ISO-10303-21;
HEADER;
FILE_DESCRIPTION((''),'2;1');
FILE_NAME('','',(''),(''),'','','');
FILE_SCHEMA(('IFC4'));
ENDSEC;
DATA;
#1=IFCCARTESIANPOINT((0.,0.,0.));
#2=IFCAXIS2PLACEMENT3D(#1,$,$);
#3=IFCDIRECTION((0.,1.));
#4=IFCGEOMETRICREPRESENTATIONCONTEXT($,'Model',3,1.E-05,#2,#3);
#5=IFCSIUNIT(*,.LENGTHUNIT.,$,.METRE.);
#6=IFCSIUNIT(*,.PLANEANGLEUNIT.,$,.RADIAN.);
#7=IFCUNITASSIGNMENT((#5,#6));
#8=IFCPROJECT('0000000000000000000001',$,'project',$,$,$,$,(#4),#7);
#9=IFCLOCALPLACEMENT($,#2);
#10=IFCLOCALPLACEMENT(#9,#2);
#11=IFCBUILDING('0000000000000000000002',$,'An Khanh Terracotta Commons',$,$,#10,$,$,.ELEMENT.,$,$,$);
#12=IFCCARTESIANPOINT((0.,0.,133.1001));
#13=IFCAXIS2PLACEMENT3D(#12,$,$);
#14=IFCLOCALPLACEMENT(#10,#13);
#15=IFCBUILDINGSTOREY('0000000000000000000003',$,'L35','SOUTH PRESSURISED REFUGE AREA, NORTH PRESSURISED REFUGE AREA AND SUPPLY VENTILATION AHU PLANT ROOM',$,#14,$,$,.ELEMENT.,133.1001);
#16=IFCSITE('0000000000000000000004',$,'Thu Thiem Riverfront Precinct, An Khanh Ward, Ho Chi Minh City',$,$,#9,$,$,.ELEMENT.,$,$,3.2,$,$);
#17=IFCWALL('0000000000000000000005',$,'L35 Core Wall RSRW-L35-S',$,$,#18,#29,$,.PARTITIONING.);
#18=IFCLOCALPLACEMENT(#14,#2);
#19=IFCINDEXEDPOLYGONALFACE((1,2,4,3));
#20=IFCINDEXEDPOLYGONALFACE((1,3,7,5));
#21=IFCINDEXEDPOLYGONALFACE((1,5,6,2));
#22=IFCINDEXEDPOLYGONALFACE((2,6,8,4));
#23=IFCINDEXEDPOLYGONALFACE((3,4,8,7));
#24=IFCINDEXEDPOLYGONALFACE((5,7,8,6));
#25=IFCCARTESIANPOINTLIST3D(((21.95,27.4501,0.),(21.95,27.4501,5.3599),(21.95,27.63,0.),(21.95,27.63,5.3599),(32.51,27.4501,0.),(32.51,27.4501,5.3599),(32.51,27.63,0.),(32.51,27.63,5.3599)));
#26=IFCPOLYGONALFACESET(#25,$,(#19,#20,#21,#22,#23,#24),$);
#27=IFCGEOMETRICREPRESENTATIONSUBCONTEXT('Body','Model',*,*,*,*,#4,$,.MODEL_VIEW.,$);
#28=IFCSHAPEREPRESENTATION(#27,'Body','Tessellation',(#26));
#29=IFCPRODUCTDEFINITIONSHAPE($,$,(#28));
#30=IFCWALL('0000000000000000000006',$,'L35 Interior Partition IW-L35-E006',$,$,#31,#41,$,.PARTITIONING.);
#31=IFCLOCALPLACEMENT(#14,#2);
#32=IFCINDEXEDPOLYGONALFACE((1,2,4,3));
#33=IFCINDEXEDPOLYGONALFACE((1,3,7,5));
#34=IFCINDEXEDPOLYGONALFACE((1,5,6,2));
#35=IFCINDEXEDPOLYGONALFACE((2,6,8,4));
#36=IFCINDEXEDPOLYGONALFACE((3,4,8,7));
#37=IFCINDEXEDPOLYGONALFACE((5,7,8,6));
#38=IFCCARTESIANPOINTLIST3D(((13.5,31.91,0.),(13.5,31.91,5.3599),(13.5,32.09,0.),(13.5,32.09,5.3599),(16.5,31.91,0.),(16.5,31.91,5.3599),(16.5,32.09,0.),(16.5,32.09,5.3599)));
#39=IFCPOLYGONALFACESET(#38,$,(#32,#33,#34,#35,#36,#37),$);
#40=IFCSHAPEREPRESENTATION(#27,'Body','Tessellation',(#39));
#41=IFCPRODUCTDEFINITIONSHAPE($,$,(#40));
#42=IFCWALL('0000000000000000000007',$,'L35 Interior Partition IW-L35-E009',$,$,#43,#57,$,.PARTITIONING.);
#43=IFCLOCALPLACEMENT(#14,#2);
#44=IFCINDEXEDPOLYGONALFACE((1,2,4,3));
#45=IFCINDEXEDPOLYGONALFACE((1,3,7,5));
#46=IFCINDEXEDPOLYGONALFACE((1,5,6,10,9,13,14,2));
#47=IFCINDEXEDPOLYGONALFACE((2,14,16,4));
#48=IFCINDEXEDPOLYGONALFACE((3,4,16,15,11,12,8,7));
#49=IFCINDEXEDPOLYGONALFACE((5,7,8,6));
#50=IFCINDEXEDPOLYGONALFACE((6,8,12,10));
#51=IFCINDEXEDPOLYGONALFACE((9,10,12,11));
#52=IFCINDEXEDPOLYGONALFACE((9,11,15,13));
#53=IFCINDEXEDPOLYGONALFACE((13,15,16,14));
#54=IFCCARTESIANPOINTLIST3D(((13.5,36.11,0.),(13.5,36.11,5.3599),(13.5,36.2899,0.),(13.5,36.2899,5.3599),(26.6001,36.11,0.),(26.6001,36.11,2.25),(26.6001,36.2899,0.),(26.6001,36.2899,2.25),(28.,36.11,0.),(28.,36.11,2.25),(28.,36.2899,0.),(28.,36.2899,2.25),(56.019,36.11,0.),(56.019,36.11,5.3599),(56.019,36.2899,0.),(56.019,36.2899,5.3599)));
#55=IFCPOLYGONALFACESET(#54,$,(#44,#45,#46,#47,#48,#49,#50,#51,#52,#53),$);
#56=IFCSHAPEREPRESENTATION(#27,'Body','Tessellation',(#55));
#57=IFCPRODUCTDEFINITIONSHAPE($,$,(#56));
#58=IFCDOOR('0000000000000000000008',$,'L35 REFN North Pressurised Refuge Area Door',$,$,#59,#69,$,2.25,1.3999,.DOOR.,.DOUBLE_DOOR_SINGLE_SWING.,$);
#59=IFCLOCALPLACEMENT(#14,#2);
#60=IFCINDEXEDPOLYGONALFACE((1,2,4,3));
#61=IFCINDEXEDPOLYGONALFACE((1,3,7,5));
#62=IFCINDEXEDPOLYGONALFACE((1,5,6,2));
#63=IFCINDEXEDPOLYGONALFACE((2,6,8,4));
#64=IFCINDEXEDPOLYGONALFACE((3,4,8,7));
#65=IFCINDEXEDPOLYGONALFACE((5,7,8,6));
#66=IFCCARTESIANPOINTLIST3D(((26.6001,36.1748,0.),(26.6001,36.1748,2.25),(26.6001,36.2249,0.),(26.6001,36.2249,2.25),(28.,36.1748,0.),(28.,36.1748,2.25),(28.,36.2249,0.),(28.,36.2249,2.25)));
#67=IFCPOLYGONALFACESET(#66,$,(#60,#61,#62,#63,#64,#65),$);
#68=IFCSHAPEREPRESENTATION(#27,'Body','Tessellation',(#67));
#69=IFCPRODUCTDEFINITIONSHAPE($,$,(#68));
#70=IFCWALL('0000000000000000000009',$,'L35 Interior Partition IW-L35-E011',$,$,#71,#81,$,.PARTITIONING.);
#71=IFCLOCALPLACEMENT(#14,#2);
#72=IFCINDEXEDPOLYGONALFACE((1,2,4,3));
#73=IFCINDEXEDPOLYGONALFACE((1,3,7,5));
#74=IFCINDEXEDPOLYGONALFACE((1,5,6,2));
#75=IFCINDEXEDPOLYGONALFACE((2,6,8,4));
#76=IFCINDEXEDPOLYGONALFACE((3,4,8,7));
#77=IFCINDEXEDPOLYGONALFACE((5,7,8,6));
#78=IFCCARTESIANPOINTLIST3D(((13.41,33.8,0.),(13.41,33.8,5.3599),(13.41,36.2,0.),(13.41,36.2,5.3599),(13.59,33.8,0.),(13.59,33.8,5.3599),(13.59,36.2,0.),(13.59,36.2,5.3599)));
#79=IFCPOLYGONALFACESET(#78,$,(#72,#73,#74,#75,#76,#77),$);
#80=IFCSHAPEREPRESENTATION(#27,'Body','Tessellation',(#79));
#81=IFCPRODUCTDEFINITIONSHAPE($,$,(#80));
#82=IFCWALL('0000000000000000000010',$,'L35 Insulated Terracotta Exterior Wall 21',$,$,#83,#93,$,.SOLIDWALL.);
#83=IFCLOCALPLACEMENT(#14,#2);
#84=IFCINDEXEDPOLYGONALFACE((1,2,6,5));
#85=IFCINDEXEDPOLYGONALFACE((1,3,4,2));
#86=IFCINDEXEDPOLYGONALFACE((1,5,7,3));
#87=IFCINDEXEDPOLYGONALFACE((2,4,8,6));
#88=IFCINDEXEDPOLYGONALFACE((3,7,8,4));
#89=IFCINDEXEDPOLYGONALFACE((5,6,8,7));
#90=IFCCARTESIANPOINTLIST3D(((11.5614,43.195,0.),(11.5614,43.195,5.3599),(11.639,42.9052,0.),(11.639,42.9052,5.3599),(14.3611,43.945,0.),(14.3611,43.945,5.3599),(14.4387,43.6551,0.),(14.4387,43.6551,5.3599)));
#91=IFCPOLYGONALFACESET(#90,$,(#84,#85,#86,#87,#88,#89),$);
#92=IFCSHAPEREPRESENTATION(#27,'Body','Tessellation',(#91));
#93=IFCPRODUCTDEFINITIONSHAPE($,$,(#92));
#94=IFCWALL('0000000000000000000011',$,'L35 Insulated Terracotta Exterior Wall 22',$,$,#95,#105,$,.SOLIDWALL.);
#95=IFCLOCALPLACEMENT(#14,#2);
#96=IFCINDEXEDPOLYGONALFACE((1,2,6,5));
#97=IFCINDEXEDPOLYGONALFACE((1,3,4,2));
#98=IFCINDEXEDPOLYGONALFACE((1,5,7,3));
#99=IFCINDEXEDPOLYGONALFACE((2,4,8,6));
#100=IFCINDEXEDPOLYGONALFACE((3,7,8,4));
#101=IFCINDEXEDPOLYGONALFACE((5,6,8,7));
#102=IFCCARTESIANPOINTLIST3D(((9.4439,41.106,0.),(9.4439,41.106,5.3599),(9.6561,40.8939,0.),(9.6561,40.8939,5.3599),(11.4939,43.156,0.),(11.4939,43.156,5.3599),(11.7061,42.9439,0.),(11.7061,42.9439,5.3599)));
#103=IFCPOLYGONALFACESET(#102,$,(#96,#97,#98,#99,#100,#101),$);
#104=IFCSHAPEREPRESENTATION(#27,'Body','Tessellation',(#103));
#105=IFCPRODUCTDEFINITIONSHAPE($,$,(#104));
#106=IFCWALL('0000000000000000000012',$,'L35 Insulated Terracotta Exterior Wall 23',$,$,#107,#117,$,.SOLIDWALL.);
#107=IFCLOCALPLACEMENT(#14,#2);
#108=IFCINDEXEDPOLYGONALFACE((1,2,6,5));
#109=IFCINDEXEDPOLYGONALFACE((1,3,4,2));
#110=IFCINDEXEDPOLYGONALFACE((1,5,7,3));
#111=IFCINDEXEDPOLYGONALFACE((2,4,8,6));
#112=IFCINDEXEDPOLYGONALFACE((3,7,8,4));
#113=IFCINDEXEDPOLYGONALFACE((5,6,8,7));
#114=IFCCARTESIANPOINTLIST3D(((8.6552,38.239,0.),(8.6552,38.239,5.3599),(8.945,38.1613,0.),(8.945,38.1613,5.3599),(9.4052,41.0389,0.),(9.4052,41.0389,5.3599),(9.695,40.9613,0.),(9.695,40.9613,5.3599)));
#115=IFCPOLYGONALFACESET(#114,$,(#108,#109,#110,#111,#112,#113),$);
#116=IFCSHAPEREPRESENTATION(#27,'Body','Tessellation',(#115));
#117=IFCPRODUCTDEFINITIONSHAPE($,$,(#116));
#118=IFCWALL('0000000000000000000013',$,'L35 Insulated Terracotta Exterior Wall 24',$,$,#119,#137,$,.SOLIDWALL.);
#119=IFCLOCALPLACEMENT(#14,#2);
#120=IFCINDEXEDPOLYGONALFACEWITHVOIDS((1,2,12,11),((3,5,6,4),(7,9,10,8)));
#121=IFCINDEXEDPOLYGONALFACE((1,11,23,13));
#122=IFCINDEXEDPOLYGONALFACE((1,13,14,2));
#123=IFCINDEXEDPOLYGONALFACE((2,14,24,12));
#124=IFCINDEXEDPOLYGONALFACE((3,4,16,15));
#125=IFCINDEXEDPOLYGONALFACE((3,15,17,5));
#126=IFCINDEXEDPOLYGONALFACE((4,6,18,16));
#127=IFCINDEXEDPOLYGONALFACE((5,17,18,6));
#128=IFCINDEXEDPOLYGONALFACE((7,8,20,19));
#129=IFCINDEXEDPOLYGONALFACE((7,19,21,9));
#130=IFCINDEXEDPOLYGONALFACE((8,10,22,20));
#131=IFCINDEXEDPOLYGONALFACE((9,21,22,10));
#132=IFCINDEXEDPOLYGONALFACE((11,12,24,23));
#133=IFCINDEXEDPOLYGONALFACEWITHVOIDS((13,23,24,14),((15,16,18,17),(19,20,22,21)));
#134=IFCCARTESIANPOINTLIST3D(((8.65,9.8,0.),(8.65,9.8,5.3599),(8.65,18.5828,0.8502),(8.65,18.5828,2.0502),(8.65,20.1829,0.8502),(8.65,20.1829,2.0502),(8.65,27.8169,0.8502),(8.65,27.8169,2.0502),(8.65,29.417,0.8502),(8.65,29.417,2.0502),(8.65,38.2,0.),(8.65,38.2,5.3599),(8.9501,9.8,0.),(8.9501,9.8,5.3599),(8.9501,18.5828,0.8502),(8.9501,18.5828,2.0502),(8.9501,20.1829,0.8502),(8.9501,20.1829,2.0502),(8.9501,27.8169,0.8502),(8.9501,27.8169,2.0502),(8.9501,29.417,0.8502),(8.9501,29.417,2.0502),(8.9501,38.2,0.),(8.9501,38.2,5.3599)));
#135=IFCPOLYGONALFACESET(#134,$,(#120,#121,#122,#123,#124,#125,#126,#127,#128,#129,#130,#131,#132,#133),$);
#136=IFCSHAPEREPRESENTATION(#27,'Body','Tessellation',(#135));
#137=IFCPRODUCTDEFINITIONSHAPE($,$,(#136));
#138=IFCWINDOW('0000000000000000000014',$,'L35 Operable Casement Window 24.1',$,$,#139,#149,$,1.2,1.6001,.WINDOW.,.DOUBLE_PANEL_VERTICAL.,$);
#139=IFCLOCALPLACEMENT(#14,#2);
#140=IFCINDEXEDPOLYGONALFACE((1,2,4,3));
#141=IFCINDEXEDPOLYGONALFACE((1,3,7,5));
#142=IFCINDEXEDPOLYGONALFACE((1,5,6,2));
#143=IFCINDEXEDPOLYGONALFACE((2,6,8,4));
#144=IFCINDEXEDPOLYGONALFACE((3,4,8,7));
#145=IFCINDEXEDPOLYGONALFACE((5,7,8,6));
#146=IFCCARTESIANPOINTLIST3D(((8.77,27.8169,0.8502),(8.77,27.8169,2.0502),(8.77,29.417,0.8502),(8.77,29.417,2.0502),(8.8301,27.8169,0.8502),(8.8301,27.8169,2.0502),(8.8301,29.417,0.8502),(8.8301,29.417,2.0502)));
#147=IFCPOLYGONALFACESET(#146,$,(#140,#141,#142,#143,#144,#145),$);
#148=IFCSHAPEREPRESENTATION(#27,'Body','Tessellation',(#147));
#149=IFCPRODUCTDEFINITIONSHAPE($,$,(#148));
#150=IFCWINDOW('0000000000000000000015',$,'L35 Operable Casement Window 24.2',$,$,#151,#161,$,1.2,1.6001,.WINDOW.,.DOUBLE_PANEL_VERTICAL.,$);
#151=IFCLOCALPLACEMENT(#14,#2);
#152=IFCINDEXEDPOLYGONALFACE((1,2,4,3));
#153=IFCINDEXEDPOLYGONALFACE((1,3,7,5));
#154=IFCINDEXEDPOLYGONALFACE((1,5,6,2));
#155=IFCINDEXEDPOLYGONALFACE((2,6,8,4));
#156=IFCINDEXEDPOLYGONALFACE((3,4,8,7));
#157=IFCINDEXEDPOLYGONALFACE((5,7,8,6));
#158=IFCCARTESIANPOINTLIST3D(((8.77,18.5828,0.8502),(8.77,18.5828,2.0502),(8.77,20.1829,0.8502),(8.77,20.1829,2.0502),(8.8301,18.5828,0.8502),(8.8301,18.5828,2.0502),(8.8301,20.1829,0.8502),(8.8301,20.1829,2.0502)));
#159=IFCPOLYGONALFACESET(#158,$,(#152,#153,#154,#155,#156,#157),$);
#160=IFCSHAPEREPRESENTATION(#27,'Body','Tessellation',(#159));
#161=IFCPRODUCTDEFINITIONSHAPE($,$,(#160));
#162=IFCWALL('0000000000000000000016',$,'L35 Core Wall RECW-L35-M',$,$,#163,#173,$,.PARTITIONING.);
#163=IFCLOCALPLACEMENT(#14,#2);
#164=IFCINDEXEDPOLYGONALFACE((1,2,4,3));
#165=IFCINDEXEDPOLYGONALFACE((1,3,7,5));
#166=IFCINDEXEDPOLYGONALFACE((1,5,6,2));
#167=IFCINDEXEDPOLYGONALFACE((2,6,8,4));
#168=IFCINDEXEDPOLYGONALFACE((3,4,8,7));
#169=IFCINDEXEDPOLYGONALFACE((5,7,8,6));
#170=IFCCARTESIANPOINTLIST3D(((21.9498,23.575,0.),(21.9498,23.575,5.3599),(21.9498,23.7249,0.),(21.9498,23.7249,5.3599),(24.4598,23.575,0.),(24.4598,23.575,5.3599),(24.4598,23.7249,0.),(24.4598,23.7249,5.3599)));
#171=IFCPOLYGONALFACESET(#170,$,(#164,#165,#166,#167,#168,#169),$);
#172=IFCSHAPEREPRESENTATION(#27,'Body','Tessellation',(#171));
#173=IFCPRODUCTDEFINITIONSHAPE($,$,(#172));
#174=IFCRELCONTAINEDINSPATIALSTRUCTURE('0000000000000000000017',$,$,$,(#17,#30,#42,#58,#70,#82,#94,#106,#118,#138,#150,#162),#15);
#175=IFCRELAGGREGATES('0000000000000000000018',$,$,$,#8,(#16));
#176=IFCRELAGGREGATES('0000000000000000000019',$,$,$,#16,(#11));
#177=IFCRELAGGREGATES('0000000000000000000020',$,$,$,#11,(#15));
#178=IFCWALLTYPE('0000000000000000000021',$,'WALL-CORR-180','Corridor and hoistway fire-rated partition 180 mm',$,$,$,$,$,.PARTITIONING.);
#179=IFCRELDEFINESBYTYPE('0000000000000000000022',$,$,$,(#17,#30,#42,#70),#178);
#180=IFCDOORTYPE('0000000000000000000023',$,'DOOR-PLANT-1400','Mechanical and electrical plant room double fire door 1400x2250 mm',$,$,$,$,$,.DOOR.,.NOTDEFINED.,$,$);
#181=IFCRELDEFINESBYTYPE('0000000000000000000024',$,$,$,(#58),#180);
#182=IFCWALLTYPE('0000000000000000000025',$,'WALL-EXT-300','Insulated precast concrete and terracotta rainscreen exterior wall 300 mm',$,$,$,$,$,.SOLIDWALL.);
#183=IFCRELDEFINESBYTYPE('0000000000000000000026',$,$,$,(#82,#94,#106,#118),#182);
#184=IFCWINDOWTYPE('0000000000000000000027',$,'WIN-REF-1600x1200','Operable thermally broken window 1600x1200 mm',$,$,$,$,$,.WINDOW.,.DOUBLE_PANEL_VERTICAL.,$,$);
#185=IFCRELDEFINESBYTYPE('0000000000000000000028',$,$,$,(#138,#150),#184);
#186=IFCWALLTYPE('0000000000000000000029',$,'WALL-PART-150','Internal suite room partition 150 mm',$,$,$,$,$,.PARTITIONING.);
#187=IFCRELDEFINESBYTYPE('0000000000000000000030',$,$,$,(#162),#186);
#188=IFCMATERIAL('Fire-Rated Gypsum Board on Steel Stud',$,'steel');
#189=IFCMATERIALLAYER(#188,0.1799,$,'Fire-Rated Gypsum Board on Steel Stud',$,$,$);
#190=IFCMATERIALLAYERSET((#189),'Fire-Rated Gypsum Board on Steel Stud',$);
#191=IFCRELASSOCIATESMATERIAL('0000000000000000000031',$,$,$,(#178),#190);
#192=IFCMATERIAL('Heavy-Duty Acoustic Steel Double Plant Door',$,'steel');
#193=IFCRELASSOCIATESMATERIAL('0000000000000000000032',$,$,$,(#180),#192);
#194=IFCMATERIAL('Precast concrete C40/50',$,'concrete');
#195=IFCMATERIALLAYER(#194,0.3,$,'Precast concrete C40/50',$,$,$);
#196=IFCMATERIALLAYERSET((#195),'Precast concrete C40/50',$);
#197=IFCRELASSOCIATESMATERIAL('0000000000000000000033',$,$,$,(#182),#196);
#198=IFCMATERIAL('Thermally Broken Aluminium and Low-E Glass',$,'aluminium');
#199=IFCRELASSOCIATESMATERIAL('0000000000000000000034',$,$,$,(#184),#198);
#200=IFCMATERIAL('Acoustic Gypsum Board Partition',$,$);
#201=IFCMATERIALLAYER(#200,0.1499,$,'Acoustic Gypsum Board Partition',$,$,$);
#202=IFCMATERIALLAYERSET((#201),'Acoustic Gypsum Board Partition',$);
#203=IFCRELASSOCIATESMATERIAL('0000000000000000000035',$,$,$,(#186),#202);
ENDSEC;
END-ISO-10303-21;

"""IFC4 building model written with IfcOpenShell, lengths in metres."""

from ifc_helpers import new_model, si_unit, direction, frame, frame_2d, origin, place, context, subcontext, project, spatial, rectangle, extrude, material, layer, layer_set, type_object, element, fill, save


model = new_model("IFC4")

# Units and contexts
model_context = context("Model", 3, precision=1e-05, world=origin(), true_north=direction((0.0, 1.0)))
body_context = subcontext(model_context, "Body", "Model", "MODEL_VIEW")
ifc_project = project(units=[si_unit("LENGTHUNIT", "METRE"), si_unit("PLANEANGLEUNIT", "RADIAN")], contexts=[model_context])

# Site, building, storey
site_placement = place(None, origin())
site = spatial("IfcSite", under=ifc_project, at=site_placement, Name="Thu Thiem Riverfront Precinct, An Khanh Ward, Ho Chi Minh City", CompositionType="ELEMENT", RefElevation=3.2)
building_placement = place(site_placement, origin())
building = spatial("IfcBuilding", under=site, at=building_placement, Name="An Khanh Terracotta Commons", CompositionType="ELEMENT")
storey_placement = place(building_placement, frame((0.0, 0.0, 133.1001)))
storey = spatial("IfcBuildingStorey", under=building, at=storey_placement, Name="L35", Description="SOUTH PRESSURISED REFUGE AREA, NORTH PRESSURISED REFUGE AREA AND SUPPLY VENTILATION AHU PLANT ROOM", CompositionType="ELEMENT", Elevation=133.1001)

# Walls
ifc_material_1 = material(Name="Fire-Rated Gypsum Board on Steel Stud", Category="steel")
ifc_layer_1 = layer(ifc_material_1, 0.1799, Name="Fire-Rated Gypsum Board on Steel Stud")
ifc_layer_set_1 = layer_set([ifc_layer_1], Name="Fire-Rated Gypsum Board on Steel Stud")
wall_type_1 = type_object("IfcWallType", Name="WALL-CORR-180", Description="Corridor and hoistway fire-rated partition 180 mm", PredefinedType="PARTITIONING", material=ifc_layer_set_1)
wall_1_placement = place(storey_placement, frame((21.95, 27.54, 0.0), z_axis=(0.0, 0.0, 1.0), x_axis=(1.0, 0.0, 0.0)))
element("IfcWall", 1, at=wall_1_placement, inside=storey, type_object=wall_type_1, Name="L35 Core Wall RSRW-L35-S", PredefinedType="PARTITIONING", context=body_context, shape_type="SweptSolid", body=[
    extrude(rectangle(XDim=10.5601, YDim=0.1799, at=frame_2d((5.28, 0.0))), origin(), (0.0, 0.0, 1.0), 5.3599),
])
wall_2_placement = place(storey_placement, frame((13.5, 32.0, 0.0), z_axis=(0.0, 0.0, 1.0), x_axis=(1.0, 0.0, 0.0)))
element("IfcWall", 2, at=wall_2_placement, inside=storey, type_object=wall_type_1, Name="L35 Interior Partition IW-L35-E006", PredefinedType="PARTITIONING", context=body_context, shape_type="SweptSolid", body=[
    extrude(rectangle(XDim=3.0, YDim=0.1799, at=frame_2d((1.5, 0.0))), origin(), (0.0, 0.0, 1.0), 5.3599),
])

# Wall, opening, door
wall_3_placement = place(storey_placement, frame((13.5, 36.2, 0.0), z_axis=(0.0, 0.0, 1.0), x_axis=(1.0, 0.0, 0.0)))
wall_3 = element("IfcWall", 3, at=wall_3_placement, inside=storey, type_object=wall_type_1, Name="L35 Interior Partition IW-L35-E009", PredefinedType="PARTITIONING", context=body_context, shape_type="SweptSolid", body=[
    extrude(rectangle(XDim=42.519, YDim=0.1799, at=frame_2d((21.2595, 0.0))), origin(), (0.0, 0.0, 1.0), 5.3599),
])
opening_1_placement = place(wall_3_placement, frame((13.1001, 0.0, 0.0)))
opening_1 = element("IfcOpeningElement", 4, at=opening_1_placement, cuts=wall_3, PredefinedType="OPENING", context=body_context, shape_type="SweptSolid", body=[
    extrude(rectangle(XDim=1.3999, YDim=2.25, at=frame_2d((0.7, 1.125))), frame((0.0, 0.0999, 0.0), z_axis=(0.0, -1.0, 0.0), x_axis=(1.0, 0.0, 0.0)), (0.0, 0.0, 1.0), 0.2),
])
ifc_material_2 = material(Name="Heavy-Duty Acoustic Steel Double Plant Door", Category="steel")
door_type = type_object("IfcDoorType", Name="DOOR-PLANT-1400", Description="Mechanical and electrical plant room double fire door 1400x2250 mm", OperationType="NOTDEFINED", PredefinedType="DOOR", material=ifc_material_2)
door_placement = place(opening_1_placement, origin())
door = element("IfcDoor", 5, at=door_placement, inside=storey, type_object=door_type, Name="L35 REFN North Pressurised Refuge Area Door", OperationType="DOUBLE_DOOR_SINGLE_SWING", OverallHeight=2.25, OverallWidth=1.3999, PredefinedType="DOOR", context=body_context, shape_type="SweptSolid", body=[
    extrude(rectangle(XDim=1.3999, YDim=2.25, at=frame_2d((0.7, 1.125))), frame((0.0, 0.0249, 0.0), z_axis=(0.0, -1.0, 0.0), x_axis=(1.0, 0.0, 0.0)), (0.0, 0.0, 1.0), 0.05),
])
fill(opening_1, door)

# Walls
wall_4_placement = place(storey_placement, frame((13.5, 33.8, 0.0), z_axis=(0.0, 0.0, 1.0), x_axis=(0.0, 1.0, 0.0)))
element("IfcWall", 6, at=wall_4_placement, inside=storey, type_object=wall_type_1, Name="L35 Interior Partition IW-L35-E011", PredefinedType="PARTITIONING", context=body_context, shape_type="SweptSolid", body=[
    extrude(rectangle(XDim=2.3999, YDim=0.1799, at=frame_2d((1.2, 0.0))), origin(), (0.0, 0.0, 1.0), 5.3599),
])
ifc_material_3 = material(Name="Precast concrete C40/50", Category="concrete")
ifc_layer_2 = layer(ifc_material_3, 0.3, Name="Precast concrete C40/50")
ifc_layer_set_2 = layer_set([ifc_layer_2], Name="Precast concrete C40/50")
wall_type_2 = type_object("IfcWallType", Name="WALL-EXT-300", Description="Insulated precast concrete and terracotta rainscreen exterior wall 300 mm", PredefinedType="SOLIDWALL", material=ifc_layer_set_2)
wall_5_placement = place(storey_placement, frame((14.3999, 43.8, 0.0), z_axis=(0.0, 0.0, 1.0), x_axis=(-0.965944, -0.258753, 0.0)))
element("IfcWall", 7, at=wall_5_placement, inside=storey, type_object=wall_type_2, Name="L35 Insulated Terracotta Exterior Wall 21", PredefinedType="SOLIDWALL", context=body_context, shape_type="SweptSolid", body=[
    extrude(rectangle(XDim=2.8984, YDim=0.3, at=frame_2d((1.4492, 0.0))), origin(), (0.0, 0.0, 1.0), 5.3599),
])
wall_6_placement = place(storey_placement, frame((11.6001, 43.05, 0.0), z_axis=(0.0, 0.0, 1.0), x_axis=(-0.707107, -0.707107, 0.0)))
element("IfcWall", 8, at=wall_6_placement, inside=storey, type_object=wall_type_2, Name="L35 Insulated Terracotta Exterior Wall 22", PredefinedType="SOLIDWALL", context=body_context, shape_type="SweptSolid", body=[
    extrude(rectangle(XDim=2.8992, YDim=0.3, at=frame_2d((1.4497, 0.0))), origin(), (0.0, 0.0, 1.0), 5.3599),
])
wall_7_placement = place(storey_placement, frame((9.55, 41.0, 0.0), z_axis=(0.0, 0.0, 1.0), x_axis=(-0.258732, -0.965949, 0.0)))
element("IfcWall", 9, at=wall_7_placement, inside=storey, type_object=wall_type_2, Name="L35 Insulated Terracotta Exterior Wall 23", PredefinedType="SOLIDWALL", context=body_context, shape_type="SweptSolid", body=[
    extrude(rectangle(XDim=2.8987, YDim=0.3, at=frame_2d((1.4492, 0.0))), origin(), (0.0, 0.0, 1.0), 5.3599),
])

# Wall, openings, windows
wall_8_placement = place(storey_placement, frame((8.8, 38.2, 0.0), z_axis=(0.0, 0.0, 1.0), x_axis=(0.0, -1.0, 0.0)))
wall_8 = element("IfcWall", 10, at=wall_8_placement, inside=storey, type_object=wall_type_2, Name="L35 Insulated Terracotta Exterior Wall 24", PredefinedType="SOLIDWALL", context=body_context, shape_type="SweptSolid", body=[
    extrude(rectangle(XDim=28.3999, YDim=0.3, at=frame_2d((14.2, 0.0))), origin(), (0.0, 0.0, 1.0), 5.3599),
])
opening_2_placement = place(wall_8_placement, frame((8.783, 0.0, 0.8501)))
opening_2 = element("IfcOpeningElement", 11, at=opening_2_placement, cuts=wall_8, PredefinedType="OPENING", context=body_context, shape_type="SweptSolid", body=[
    extrude(rectangle(XDim=1.6001, YDim=1.2, at=frame_2d((0.8, 0.6001))), frame((0.0, 0.1599, 0.0), z_axis=(0.0, -1.0, 0.0), x_axis=(1.0, 0.0, 0.0)), (0.0, 0.0, 1.0), 0.3201),
])
opening_3_placement = place(wall_8_placement, frame((18.0171, 0.0, 0.8501)))
opening_3 = element("IfcOpeningElement", 12, at=opening_3_placement, cuts=wall_8, PredefinedType="OPENING", context=body_context, shape_type="SweptSolid", body=[
    extrude(rectangle(XDim=1.6001, YDim=1.2, at=frame_2d((0.8, 0.6001))), frame((0.0, 0.1599, 0.0), z_axis=(0.0, -1.0, 0.0), x_axis=(1.0, 0.0, 0.0)), (0.0, 0.0, 1.0), 0.3201),
])
ifc_material_4 = material(Name="Thermally Broken Aluminium and Low-E Glass", Category="aluminium")
window_type = type_object("IfcWindowType", Name="WIN-REF-1600x1200", Description="Operable thermally broken window 1600x1200 mm", PartitioningType="DOUBLE_PANEL_VERTICAL", PredefinedType="WINDOW", material=ifc_material_4)
window_1_placement = place(opening_2_placement, origin())
window_1 = element("IfcWindow", 13, at=window_1_placement, inside=storey, type_object=window_type, Name="L35 Operable Casement Window 24.1", OverallHeight=1.2, OverallWidth=1.6001, PartitioningType="DOUBLE_PANEL_VERTICAL", PredefinedType="WINDOW", context=body_context, shape_type="SweptSolid", body=[
    extrude(rectangle(XDim=1.6001, YDim=1.2, at=frame_2d((0.8, 0.6001))), frame((0.0, 0.03, 0.0), z_axis=(0.0, -1.0, 0.0), x_axis=(1.0, 0.0, 0.0)), (0.0, 0.0, 1.0), 0.0601),
])
fill(opening_2, window_1)
window_2_placement = place(opening_3_placement, origin())
window_2 = element("IfcWindow", 14, at=window_2_placement, inside=storey, type_object=window_type, Name="L35 Operable Casement Window 24.2", OverallHeight=1.2, OverallWidth=1.6001, PartitioningType="DOUBLE_PANEL_VERTICAL", PredefinedType="WINDOW", context=body_context, shape_type="SweptSolid", body=[
    extrude(rectangle(XDim=1.6001, YDim=1.2, at=frame_2d((0.8, 0.6001))), frame((0.0, 0.03, 0.0), z_axis=(0.0, -1.0, 0.0), x_axis=(1.0, 0.0, 0.0)), (0.0, 0.0, 1.0), 0.0601),
])
fill(opening_3, window_2)

# Wall
ifc_material_5 = material(Name="Acoustic Gypsum Board Partition")
ifc_layer_3 = layer(ifc_material_5, 0.1499, Name="Acoustic Gypsum Board Partition")
ifc_layer_set_3 = layer_set([ifc_layer_3], Name="Acoustic Gypsum Board Partition")
wall_type_3 = type_object("IfcWallType", Name="WALL-PART-150", Description="Internal suite room partition 150 mm", PredefinedType="PARTITIONING", material=ifc_layer_set_3)
wall_9_placement = place(storey_placement, frame((21.95, 23.6499, 0.0), z_axis=(0.0, 0.0, 1.0), x_axis=(1.0, 0.0, 0.0)))
element("IfcWall", 15, at=wall_9_placement, inside=storey, type_object=wall_type_3, Name="L35 Core Wall RECW-L35-M", PredefinedType="PARTITIONING", context=body_context, shape_type="SweptSolid", body=[
    extrude(rectangle(XDim=2.51, YDim=0.1499, at=frame_2d((1.2549, 0.0))), origin(), (0.0, 0.0, 1.0), 5.3599),
])

save(model, "model.ifc")
